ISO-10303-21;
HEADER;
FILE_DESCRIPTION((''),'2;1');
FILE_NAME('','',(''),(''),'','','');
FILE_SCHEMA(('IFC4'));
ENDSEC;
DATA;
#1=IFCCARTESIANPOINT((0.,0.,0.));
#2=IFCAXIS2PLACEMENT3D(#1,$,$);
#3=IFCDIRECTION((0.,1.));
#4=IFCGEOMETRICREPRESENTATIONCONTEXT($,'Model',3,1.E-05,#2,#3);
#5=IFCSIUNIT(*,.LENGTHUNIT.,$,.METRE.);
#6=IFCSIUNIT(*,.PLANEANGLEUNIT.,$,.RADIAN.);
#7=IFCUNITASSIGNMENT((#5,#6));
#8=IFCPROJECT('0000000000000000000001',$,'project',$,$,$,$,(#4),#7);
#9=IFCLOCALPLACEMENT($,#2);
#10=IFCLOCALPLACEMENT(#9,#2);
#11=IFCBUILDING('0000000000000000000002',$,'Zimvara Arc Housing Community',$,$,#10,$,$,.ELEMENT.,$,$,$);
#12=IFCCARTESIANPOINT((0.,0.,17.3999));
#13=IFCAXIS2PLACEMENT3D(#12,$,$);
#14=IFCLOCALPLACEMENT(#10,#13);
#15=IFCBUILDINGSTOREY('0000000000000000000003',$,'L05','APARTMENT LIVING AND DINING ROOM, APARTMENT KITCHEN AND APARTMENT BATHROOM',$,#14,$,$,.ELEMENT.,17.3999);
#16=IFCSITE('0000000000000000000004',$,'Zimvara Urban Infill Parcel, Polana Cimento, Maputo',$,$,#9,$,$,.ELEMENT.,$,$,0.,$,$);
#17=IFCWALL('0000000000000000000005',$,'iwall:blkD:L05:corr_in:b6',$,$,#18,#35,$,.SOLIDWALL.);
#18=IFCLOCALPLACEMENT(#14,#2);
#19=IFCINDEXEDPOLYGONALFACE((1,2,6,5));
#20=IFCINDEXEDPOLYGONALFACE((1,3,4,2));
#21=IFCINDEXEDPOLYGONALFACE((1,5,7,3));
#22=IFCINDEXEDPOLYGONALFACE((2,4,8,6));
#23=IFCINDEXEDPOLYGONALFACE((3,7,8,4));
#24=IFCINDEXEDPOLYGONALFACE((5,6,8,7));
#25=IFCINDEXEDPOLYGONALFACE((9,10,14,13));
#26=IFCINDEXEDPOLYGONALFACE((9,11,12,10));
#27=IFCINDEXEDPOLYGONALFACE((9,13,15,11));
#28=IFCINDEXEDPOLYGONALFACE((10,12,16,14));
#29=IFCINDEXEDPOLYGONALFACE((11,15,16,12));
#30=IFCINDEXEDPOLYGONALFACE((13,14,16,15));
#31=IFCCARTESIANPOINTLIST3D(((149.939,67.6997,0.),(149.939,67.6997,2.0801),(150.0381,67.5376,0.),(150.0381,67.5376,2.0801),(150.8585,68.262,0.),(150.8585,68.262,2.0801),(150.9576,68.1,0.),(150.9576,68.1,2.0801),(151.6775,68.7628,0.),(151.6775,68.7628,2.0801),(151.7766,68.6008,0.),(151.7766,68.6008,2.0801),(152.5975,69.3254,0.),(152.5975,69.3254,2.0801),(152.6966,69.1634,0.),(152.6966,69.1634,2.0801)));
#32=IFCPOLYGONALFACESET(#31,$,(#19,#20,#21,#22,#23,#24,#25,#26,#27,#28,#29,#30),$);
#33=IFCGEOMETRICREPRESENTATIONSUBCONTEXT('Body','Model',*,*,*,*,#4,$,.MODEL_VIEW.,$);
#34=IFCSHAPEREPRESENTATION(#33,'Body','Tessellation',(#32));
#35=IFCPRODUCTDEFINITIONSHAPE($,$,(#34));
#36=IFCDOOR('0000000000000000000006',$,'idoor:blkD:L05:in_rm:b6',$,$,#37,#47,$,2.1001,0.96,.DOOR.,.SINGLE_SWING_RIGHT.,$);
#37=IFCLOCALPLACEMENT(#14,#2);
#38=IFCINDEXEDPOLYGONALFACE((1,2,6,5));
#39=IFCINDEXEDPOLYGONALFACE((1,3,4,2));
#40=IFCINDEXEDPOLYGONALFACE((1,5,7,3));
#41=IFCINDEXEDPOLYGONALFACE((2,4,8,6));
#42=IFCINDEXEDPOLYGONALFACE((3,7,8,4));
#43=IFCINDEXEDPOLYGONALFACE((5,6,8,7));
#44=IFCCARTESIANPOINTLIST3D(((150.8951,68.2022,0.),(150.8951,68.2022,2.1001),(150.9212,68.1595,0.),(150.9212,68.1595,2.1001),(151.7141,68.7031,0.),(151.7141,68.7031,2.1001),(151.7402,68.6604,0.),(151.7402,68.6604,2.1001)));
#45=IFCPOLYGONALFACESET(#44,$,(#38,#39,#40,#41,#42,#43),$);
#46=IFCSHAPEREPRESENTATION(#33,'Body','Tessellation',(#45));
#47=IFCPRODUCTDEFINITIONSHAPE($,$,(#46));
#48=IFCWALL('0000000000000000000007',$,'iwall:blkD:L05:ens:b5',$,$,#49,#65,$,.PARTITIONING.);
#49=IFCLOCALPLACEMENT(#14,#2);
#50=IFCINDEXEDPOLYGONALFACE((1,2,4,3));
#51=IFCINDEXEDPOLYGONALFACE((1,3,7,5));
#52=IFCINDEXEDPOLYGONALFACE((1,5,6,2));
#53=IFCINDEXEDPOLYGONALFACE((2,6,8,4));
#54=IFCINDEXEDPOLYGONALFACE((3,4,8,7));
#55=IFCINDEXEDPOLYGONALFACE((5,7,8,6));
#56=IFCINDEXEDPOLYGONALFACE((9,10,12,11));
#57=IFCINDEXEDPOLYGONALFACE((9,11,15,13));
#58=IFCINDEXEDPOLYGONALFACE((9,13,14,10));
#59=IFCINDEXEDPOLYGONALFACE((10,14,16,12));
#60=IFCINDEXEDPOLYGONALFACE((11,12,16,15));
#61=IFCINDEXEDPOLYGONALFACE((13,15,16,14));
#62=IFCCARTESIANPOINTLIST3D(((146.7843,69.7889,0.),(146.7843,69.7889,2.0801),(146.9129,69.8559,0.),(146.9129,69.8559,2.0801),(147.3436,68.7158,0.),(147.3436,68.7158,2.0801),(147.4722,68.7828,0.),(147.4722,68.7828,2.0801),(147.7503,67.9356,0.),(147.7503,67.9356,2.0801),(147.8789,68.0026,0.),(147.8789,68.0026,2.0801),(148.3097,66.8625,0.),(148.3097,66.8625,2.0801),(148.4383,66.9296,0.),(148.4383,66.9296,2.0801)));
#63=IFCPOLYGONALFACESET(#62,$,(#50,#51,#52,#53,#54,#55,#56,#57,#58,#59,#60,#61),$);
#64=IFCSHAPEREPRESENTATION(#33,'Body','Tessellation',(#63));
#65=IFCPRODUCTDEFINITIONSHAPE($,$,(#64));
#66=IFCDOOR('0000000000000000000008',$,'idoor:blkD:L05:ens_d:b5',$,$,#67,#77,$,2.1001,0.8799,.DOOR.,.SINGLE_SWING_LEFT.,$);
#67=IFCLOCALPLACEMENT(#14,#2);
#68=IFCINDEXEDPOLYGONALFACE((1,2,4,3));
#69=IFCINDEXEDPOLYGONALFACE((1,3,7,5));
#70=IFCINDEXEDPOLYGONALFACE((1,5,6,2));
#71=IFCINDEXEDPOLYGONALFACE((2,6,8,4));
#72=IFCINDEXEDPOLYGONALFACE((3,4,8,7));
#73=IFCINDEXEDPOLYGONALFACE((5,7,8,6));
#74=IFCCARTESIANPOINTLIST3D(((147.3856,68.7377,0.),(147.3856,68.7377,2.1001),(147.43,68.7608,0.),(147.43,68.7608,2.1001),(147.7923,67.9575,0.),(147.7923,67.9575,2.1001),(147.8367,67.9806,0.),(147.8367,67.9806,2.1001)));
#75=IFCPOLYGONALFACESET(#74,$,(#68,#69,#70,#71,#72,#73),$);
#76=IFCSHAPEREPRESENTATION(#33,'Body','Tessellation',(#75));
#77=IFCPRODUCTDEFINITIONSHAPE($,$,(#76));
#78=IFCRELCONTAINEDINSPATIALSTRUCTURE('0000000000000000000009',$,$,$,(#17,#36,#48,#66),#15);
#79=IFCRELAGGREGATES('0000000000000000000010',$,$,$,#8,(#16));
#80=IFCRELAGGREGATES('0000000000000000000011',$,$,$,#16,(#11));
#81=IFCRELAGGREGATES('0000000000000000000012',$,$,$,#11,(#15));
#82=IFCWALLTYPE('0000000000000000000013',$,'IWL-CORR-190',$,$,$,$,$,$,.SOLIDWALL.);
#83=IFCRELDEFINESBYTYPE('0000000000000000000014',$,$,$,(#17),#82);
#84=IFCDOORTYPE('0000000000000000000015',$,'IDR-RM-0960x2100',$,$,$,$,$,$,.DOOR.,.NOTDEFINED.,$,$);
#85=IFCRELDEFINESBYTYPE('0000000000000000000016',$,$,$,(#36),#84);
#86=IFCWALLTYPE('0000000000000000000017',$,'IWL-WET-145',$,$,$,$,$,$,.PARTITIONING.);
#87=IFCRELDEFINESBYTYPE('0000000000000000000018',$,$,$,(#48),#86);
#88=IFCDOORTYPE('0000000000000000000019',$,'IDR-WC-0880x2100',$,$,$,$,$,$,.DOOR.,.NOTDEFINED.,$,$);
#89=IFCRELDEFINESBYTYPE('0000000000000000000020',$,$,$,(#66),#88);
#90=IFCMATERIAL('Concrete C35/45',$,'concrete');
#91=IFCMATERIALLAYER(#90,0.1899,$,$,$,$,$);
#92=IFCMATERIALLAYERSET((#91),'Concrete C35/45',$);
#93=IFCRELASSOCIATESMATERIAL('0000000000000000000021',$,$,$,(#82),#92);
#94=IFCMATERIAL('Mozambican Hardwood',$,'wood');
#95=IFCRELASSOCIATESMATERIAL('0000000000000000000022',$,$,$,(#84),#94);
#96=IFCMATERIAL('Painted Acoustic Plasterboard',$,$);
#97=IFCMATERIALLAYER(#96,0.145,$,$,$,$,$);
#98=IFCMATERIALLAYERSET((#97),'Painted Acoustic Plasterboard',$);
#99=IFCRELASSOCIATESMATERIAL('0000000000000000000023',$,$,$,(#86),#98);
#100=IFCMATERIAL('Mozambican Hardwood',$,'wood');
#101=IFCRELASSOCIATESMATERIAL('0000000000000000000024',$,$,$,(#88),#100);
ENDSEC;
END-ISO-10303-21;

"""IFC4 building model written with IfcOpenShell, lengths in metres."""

from ifc_helpers import new_model, si_unit, direction, frame, frame_2d, origin, place, context, subcontext, project, spatial, rectangle, extrude, material, layer, layer_set, type_object, element, fill, save


model = new_model("IFC4")

# Units and contexts
model_context = context("Model", 3, precision=1e-05, world=origin(), true_north=direction((0.0, 1.0)))
body_context = subcontext(model_context, "Body", "Model", "MODEL_VIEW")
ifc_project = project(units=[si_unit("LENGTHUNIT", "METRE"), si_unit("PLANEANGLEUNIT", "RADIAN")], contexts=[model_context])

# Site, building, storey
site_placement = place(None, origin())
site = spatial("IfcSite", under=ifc_project, at=site_placement, Name="Zimvara Urban Infill Parcel, Polana Cimento, Maputo", CompositionType="ELEMENT", RefElevation=0.0)
building_placement = place(site_placement, origin())
building = spatial("IfcBuilding", under=site, at=building_placement, Name="Zimvara Arc Housing Community", CompositionType="ELEMENT")
storey_placement = place(building_placement, frame((0.0, 0.0, 17.3999)))
storey = spatial("IfcBuildingStorey", under=building, at=storey_placement, Name="L05", Description="APARTMENT LIVING AND DINING ROOM, APARTMENT KITCHEN AND APARTMENT BATHROOM", CompositionType="ELEMENT", Elevation=17.3999)

# Walls, openings, doors
ifc_material_1 = material(Name="Concrete C35/45", Category="concrete")
ifc_layer_1 = layer(ifc_material_1, 0.1899)
ifc_layer_set_1 = layer_set([ifc_layer_1], Name="Concrete C35/45")
wall_type_1 = type_object("IfcWallType", Name="IWL-CORR-190", PredefinedType="SOLIDWALL", material=ifc_layer_set_1)
wall_1_placement = place(storey_placement, frame((149.9885, 67.6187, 0.0), z_axis=(0.0, 0.0, 1.0), x_axis=(0.853121, 0.521713, 0.0)))
wall_1 = element("IfcWall", 1, at=wall_1_placement, inside=storey, type_object=wall_type_1, Name="iwall:blkD:L05:corr_in:b6", PredefinedType="SOLIDWALL", context=body_context, shape_type="SweptSolid", body=[
    extrude(rectangle(XDim=3.1162, YDim=0.1899, at=frame_2d((1.5581, 0.0))), origin(), (0.0, 0.0, 1.0), 2.0801),
])
opening_1_placement = place(wall_1_placement, frame((1.0779, 0.0, 0.0)))
opening_1 = element("IfcOpeningElement", 2, at=opening_1_placement, cuts=wall_1, PredefinedType="OPENING", context=body_context, shape_type="SweptSolid", body=[
    extrude(rectangle(XDim=0.96, YDim=2.1001, at=frame_2d((0.48, 1.05))), frame((0.0, 0.105, 0.0), z_axis=(0.0, -1.0, 0.0), x_axis=(1.0, 0.0, 0.0)), (0.0, 0.0, 1.0), 0.21),
])
ifc_material_2 = material(Name="Mozambican Hardwood", Category="wood")
door_type_1 = type_object("IfcDoorType", Name="IDR-RM-0960x2100", OperationType="NOTDEFINED", PredefinedType="DOOR", material=ifc_material_2)
door_1_placement = place(opening_1_placement, origin())
door_1 = element("IfcDoor", 3, at=door_1_placement, inside=storey, type_object=door_type_1, Name="idoor:blkD:L05:in_rm:b6", OperationType="SINGLE_SWING_RIGHT", OverallHeight=2.1001, OverallWidth=0.96, PredefinedType="DOOR", context=body_context, shape_type="SweptSolid", body=[
    extrude(rectangle(XDim=0.96, YDim=2.1001, at=frame_2d((0.48, 1.05))), frame((0.0, 0.0249, 0.0), z_axis=(0.0, -1.0, 0.0), x_axis=(1.0, 0.0, 0.0)), (0.0, 0.0, 1.0), 0.05),
])
fill(opening_1, door_1)
ifc_material_3 = material(Name="Painted Acoustic Plasterboard")
ifc_layer_2 = layer(ifc_material_3, 0.145)
ifc_layer_set_2 = layer_set([ifc_layer_2], Name="Painted Acoustic Plasterboard")
wall_type_2 = type_object("IfcWallType", Name="IWL-WET-145", PredefinedType="PARTITIONING", material=ifc_layer_set_2)
wall_2_placement = place(storey_placement, frame((146.8486, 69.8223, 0.0), z_axis=(0.0, 0.0, 1.0), x_axis=(0.462242, -0.886754, 0.0)))
wall_2 = element("IfcWall", 4, at=wall_2_placement, inside=storey, type_object=wall_type_2, Name="iwall:blkD:L05:ens:b5", PredefinedType="PARTITIONING", context=body_context, shape_type="SweptSolid", body=[
    extrude(rectangle(XDim=3.3, YDim=0.145, at=frame_2d((1.6499, 0.0))), origin(), (0.0, 0.0, 1.0), 2.0801),
])
opening_2_placement = place(wall_2_placement, frame((1.21, 0.0, 0.0)))
opening_2 = element("IfcOpeningElement", 5, at=opening_2_placement, cuts=wall_2, PredefinedType="OPENING", context=body_context, shape_type="SweptSolid", body=[
    extrude(rectangle(XDim=0.8799, YDim=2.1001, at=frame_2d((0.4399, 1.05))), frame((0.0, 0.0825, 0.0), z_axis=(0.0, -1.0, 0.0), x_axis=(1.0, 0.0, 0.0)), (0.0, 0.0, 1.0), 0.165),
])
ifc_material_4 = material(Name="Mozambican Hardwood", Category="wood")
door_type_2 = type_object("IfcDoorType", Name="IDR-WC-0880x2100", OperationType="NOTDEFINED", PredefinedType="DOOR", material=ifc_material_4)
door_2_placement = place(opening_2_placement, origin())
door_2 = element("IfcDoor", 6, at=door_2_placement, inside=storey, type_object=door_type_2, Name="idoor:blkD:L05:ens_d:b5", OperationType="SINGLE_SWING_LEFT", OverallHeight=2.1001, OverallWidth=0.8799, PredefinedType="DOOR", context=body_context, shape_type="SweptSolid", body=[
    extrude(rectangle(XDim=0.8799, YDim=2.1001, at=frame_2d((0.4399, 1.05))), frame((0.0, 0.0249, 0.0), z_axis=(0.0, -1.0, 0.0), x_axis=(1.0, 0.0, 0.0)), (0.0, 0.0, 1.0), 0.05),
])
fill(opening_2, door_2)

save(model, "model.ifc")
